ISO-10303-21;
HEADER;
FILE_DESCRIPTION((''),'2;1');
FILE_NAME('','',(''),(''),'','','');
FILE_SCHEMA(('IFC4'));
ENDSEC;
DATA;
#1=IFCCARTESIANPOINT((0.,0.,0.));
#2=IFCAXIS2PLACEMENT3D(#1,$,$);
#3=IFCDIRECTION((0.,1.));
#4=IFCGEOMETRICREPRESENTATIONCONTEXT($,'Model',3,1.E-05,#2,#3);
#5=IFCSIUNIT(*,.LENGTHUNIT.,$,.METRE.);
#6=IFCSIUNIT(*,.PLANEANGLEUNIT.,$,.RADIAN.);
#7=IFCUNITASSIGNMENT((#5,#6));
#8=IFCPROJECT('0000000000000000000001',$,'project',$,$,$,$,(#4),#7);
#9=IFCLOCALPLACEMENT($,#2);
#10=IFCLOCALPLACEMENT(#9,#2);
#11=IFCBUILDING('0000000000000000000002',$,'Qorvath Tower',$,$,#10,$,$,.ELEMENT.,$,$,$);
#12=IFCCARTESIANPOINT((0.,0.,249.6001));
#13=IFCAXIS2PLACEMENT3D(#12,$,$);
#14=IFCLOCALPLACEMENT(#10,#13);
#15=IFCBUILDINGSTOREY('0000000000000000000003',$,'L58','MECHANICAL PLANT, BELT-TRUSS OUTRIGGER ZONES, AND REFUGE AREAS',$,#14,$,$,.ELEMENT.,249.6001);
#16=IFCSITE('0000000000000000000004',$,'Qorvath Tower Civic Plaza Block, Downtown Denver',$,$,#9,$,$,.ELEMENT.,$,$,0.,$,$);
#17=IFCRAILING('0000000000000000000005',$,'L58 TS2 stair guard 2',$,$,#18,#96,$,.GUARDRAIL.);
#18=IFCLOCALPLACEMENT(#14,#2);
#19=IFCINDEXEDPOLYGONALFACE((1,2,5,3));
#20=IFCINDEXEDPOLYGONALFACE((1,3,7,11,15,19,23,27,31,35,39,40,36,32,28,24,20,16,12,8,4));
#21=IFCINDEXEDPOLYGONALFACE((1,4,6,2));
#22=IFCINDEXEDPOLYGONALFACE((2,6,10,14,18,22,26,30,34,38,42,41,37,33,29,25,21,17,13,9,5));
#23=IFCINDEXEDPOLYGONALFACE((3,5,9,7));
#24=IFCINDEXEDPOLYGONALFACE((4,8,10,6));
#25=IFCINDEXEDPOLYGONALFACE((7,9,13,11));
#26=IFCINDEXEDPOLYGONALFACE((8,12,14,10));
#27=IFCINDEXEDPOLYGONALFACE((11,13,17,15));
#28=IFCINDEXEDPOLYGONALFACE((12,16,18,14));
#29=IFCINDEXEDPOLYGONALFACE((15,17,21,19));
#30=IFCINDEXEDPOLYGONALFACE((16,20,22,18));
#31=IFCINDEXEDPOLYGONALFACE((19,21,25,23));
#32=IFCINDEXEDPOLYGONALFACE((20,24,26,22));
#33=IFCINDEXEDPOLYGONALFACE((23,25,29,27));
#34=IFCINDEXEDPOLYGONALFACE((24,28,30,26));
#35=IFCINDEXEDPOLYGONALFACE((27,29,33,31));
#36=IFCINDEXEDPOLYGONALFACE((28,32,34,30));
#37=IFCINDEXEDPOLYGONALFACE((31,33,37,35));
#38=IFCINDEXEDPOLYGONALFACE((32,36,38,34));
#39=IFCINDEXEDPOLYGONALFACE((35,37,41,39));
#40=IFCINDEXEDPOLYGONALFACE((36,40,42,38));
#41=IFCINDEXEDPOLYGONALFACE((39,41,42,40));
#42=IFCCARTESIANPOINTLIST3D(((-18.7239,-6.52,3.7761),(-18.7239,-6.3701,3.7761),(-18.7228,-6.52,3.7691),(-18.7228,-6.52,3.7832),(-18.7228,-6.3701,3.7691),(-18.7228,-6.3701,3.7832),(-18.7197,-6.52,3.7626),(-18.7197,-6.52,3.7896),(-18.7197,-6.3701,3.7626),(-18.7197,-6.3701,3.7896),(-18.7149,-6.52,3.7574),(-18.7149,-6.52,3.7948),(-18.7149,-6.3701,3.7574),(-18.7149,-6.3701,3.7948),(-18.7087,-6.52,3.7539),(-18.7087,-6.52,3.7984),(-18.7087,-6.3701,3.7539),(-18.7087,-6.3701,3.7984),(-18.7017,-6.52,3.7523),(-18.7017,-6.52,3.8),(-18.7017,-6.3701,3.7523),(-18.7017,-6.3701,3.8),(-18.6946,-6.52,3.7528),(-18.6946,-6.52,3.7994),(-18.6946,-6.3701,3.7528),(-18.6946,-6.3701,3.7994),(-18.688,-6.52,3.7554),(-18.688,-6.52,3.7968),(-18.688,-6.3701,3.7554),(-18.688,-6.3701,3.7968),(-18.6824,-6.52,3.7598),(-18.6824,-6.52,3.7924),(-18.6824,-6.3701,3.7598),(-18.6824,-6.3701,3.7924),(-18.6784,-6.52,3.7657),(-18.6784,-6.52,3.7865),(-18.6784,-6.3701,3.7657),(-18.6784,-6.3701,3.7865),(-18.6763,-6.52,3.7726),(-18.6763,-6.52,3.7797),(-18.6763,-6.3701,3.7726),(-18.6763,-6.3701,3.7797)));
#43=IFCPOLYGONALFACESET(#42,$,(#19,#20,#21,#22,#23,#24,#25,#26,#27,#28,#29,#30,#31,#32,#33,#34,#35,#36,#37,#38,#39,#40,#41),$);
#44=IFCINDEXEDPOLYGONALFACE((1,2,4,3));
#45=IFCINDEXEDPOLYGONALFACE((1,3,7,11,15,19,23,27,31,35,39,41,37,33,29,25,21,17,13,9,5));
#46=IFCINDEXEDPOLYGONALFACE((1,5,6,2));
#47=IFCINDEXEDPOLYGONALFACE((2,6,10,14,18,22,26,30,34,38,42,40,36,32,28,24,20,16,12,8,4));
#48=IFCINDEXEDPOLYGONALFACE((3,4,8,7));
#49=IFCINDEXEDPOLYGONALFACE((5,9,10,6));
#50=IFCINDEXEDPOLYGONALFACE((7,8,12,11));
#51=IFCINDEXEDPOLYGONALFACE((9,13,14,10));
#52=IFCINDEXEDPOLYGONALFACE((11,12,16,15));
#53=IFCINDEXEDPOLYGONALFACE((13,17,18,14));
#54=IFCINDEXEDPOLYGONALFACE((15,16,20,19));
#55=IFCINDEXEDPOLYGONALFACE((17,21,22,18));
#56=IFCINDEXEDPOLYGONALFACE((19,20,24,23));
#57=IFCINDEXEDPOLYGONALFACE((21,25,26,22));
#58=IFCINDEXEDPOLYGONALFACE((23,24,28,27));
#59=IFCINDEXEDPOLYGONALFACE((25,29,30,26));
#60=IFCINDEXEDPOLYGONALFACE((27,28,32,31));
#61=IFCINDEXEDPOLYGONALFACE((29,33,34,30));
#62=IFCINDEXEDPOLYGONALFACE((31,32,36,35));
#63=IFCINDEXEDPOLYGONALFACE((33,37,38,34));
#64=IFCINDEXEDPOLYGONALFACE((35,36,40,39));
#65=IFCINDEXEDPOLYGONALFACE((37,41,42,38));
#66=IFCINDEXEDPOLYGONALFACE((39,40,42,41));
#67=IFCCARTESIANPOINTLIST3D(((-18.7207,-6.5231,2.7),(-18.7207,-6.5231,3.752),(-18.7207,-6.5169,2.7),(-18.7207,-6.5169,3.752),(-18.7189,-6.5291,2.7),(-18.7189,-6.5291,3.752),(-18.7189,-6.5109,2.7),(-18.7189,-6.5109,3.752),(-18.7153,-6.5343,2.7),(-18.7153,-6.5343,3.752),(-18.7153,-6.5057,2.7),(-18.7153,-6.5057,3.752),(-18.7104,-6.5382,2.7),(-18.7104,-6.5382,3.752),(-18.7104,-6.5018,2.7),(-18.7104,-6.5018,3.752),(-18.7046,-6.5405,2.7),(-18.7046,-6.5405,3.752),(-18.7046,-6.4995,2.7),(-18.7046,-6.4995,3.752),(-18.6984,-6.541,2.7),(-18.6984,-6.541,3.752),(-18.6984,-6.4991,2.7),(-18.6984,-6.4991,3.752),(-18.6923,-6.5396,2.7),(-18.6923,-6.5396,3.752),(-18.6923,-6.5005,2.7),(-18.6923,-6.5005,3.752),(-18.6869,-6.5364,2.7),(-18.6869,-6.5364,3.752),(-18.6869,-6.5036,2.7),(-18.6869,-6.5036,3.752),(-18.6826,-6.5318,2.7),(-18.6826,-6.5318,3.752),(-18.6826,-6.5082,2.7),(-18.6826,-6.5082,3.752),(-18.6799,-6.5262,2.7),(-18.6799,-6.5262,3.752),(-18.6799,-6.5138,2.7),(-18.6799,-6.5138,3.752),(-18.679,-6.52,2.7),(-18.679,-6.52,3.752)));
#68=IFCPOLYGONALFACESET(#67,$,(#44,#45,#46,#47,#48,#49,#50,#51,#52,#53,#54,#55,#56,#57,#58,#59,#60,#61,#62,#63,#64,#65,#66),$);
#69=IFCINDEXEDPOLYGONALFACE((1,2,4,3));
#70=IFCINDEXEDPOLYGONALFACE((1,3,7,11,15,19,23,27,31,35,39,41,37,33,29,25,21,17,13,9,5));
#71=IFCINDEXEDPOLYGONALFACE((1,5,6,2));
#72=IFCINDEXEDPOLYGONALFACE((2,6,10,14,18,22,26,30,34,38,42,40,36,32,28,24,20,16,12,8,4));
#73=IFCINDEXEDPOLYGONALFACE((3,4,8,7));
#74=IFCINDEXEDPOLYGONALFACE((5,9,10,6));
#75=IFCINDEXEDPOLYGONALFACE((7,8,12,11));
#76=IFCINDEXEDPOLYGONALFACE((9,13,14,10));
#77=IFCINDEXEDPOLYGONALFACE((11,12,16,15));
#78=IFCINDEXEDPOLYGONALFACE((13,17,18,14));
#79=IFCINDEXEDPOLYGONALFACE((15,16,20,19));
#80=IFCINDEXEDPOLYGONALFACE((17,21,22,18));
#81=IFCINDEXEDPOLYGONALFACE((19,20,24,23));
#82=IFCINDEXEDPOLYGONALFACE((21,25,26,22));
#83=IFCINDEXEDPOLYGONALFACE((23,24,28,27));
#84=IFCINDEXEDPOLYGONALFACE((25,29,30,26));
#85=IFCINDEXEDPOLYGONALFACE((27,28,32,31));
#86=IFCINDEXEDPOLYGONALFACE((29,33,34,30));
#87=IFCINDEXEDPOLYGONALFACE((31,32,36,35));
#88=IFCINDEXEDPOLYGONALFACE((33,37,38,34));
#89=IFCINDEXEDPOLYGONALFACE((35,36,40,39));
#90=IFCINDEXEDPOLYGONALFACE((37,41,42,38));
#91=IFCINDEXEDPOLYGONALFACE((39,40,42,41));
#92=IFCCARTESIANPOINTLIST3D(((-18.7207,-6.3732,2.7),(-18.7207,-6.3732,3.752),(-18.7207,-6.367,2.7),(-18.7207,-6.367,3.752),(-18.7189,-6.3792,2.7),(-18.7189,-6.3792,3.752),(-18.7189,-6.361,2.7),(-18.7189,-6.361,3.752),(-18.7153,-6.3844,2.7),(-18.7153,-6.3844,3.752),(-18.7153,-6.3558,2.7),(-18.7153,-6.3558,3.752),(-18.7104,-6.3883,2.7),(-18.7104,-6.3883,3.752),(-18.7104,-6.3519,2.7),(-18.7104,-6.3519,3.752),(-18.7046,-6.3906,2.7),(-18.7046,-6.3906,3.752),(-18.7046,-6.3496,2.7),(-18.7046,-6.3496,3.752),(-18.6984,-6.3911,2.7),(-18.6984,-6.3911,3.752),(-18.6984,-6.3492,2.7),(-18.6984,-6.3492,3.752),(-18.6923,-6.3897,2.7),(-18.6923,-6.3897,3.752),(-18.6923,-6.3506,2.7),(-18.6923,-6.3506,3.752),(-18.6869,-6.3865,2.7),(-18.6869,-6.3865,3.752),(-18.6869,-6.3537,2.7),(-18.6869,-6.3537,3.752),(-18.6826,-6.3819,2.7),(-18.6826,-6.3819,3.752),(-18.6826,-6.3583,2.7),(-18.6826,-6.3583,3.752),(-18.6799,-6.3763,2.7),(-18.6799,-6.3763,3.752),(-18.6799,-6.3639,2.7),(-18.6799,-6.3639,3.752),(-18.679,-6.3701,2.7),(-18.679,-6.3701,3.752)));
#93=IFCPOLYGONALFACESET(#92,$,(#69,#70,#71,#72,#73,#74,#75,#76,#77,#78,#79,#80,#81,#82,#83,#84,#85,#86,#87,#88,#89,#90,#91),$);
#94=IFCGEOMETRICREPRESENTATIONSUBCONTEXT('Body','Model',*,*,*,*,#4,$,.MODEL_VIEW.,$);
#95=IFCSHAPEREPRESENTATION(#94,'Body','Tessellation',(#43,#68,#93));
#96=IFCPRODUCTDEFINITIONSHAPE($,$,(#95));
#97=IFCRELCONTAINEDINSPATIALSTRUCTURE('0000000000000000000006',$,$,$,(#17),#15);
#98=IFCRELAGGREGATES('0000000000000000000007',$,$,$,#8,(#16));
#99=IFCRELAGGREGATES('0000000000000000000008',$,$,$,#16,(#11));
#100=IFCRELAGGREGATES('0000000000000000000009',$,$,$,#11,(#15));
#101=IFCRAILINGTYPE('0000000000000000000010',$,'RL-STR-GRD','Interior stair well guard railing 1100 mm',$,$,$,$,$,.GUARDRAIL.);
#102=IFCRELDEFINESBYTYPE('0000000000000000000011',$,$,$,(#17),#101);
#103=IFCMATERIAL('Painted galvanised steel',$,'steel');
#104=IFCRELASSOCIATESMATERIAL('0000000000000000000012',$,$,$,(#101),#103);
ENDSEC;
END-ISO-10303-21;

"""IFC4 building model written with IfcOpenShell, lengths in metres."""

from ifc_helpers import new_model, si_unit, direction, frame, origin, origin_2d, place, context, subcontext, project, spatial, circle, extrude, material, type_object, element, save


model = new_model("IFC4")

# Units and contexts
model_context = context("Model", 3, precision=1e-05, world=origin(), true_north=direction((0.0, 1.0)))
body_context = subcontext(model_context, "Body", "Model", "MODEL_VIEW")
ifc_project = project(units=[si_unit("LENGTHUNIT", "METRE"), si_unit("PLANEANGLEUNIT", "RADIAN")], contexts=[model_context])

# Site, building, storey
site_placement = place(None, origin())
site = spatial("IfcSite", under=ifc_project, at=site_placement, Name="Qorvath Tower Civic Plaza Block, Downtown Denver", CompositionType="ELEMENT", RefElevation=0.0)
building_placement = place(site_placement, origin())
building = spatial("IfcBuilding", under=site, at=building_placement, Name="Qorvath Tower", CompositionType="ELEMENT")
storey_placement = place(building_placement, frame((0.0, 0.0, 249.6001)))
storey = spatial("IfcBuildingStorey", under=building, at=storey_placement, Name="L58", Description="MECHANICAL PLANT, BELT-TRUSS OUTRIGGER ZONES, AND REFUGE AREAS", CompositionType="ELEMENT", Elevation=249.6001)

# Railing
ifc_material_1 = material(Name="Painted galvanised steel", Category="steel")
railing_type_1 = type_object("IfcRailingType", Name="RL-STR-GRD", Description="Interior stair well guard railing 1100 mm", PredefinedType="GUARDRAIL", material=ifc_material_1)
railing_1_placement = place(storey_placement, frame((-18.7, -6.52, 2.7)))
element("IfcRailing", 1, at=railing_1_placement, inside=storey, type_object=railing_type_1, Name="L58 TS2 stair guard 2", PredefinedType="GUARDRAIL", context=body_context, shape_type="SweptSolid", body=[
    extrude(circle(Radius=0.0239, at=origin_2d()), frame((0.0, 0.0, 1.0762), z_axis=(0.0, 1.0, 0.0), x_axis=(-1.0, 0.0, 0.0)), (0.0, 0.0, 1.0), 0.1499),
    extrude(circle(Radius=0.021, at=origin_2d()), origin(), (0.0, 0.0, 1.0), 1.052),
    extrude(circle(Radius=0.021, at=origin_2d()), frame((0.0, 0.1499, 0.0)), (0.0, 0.0, 1.0), 1.052),
])

save(model, "model.ifc")
